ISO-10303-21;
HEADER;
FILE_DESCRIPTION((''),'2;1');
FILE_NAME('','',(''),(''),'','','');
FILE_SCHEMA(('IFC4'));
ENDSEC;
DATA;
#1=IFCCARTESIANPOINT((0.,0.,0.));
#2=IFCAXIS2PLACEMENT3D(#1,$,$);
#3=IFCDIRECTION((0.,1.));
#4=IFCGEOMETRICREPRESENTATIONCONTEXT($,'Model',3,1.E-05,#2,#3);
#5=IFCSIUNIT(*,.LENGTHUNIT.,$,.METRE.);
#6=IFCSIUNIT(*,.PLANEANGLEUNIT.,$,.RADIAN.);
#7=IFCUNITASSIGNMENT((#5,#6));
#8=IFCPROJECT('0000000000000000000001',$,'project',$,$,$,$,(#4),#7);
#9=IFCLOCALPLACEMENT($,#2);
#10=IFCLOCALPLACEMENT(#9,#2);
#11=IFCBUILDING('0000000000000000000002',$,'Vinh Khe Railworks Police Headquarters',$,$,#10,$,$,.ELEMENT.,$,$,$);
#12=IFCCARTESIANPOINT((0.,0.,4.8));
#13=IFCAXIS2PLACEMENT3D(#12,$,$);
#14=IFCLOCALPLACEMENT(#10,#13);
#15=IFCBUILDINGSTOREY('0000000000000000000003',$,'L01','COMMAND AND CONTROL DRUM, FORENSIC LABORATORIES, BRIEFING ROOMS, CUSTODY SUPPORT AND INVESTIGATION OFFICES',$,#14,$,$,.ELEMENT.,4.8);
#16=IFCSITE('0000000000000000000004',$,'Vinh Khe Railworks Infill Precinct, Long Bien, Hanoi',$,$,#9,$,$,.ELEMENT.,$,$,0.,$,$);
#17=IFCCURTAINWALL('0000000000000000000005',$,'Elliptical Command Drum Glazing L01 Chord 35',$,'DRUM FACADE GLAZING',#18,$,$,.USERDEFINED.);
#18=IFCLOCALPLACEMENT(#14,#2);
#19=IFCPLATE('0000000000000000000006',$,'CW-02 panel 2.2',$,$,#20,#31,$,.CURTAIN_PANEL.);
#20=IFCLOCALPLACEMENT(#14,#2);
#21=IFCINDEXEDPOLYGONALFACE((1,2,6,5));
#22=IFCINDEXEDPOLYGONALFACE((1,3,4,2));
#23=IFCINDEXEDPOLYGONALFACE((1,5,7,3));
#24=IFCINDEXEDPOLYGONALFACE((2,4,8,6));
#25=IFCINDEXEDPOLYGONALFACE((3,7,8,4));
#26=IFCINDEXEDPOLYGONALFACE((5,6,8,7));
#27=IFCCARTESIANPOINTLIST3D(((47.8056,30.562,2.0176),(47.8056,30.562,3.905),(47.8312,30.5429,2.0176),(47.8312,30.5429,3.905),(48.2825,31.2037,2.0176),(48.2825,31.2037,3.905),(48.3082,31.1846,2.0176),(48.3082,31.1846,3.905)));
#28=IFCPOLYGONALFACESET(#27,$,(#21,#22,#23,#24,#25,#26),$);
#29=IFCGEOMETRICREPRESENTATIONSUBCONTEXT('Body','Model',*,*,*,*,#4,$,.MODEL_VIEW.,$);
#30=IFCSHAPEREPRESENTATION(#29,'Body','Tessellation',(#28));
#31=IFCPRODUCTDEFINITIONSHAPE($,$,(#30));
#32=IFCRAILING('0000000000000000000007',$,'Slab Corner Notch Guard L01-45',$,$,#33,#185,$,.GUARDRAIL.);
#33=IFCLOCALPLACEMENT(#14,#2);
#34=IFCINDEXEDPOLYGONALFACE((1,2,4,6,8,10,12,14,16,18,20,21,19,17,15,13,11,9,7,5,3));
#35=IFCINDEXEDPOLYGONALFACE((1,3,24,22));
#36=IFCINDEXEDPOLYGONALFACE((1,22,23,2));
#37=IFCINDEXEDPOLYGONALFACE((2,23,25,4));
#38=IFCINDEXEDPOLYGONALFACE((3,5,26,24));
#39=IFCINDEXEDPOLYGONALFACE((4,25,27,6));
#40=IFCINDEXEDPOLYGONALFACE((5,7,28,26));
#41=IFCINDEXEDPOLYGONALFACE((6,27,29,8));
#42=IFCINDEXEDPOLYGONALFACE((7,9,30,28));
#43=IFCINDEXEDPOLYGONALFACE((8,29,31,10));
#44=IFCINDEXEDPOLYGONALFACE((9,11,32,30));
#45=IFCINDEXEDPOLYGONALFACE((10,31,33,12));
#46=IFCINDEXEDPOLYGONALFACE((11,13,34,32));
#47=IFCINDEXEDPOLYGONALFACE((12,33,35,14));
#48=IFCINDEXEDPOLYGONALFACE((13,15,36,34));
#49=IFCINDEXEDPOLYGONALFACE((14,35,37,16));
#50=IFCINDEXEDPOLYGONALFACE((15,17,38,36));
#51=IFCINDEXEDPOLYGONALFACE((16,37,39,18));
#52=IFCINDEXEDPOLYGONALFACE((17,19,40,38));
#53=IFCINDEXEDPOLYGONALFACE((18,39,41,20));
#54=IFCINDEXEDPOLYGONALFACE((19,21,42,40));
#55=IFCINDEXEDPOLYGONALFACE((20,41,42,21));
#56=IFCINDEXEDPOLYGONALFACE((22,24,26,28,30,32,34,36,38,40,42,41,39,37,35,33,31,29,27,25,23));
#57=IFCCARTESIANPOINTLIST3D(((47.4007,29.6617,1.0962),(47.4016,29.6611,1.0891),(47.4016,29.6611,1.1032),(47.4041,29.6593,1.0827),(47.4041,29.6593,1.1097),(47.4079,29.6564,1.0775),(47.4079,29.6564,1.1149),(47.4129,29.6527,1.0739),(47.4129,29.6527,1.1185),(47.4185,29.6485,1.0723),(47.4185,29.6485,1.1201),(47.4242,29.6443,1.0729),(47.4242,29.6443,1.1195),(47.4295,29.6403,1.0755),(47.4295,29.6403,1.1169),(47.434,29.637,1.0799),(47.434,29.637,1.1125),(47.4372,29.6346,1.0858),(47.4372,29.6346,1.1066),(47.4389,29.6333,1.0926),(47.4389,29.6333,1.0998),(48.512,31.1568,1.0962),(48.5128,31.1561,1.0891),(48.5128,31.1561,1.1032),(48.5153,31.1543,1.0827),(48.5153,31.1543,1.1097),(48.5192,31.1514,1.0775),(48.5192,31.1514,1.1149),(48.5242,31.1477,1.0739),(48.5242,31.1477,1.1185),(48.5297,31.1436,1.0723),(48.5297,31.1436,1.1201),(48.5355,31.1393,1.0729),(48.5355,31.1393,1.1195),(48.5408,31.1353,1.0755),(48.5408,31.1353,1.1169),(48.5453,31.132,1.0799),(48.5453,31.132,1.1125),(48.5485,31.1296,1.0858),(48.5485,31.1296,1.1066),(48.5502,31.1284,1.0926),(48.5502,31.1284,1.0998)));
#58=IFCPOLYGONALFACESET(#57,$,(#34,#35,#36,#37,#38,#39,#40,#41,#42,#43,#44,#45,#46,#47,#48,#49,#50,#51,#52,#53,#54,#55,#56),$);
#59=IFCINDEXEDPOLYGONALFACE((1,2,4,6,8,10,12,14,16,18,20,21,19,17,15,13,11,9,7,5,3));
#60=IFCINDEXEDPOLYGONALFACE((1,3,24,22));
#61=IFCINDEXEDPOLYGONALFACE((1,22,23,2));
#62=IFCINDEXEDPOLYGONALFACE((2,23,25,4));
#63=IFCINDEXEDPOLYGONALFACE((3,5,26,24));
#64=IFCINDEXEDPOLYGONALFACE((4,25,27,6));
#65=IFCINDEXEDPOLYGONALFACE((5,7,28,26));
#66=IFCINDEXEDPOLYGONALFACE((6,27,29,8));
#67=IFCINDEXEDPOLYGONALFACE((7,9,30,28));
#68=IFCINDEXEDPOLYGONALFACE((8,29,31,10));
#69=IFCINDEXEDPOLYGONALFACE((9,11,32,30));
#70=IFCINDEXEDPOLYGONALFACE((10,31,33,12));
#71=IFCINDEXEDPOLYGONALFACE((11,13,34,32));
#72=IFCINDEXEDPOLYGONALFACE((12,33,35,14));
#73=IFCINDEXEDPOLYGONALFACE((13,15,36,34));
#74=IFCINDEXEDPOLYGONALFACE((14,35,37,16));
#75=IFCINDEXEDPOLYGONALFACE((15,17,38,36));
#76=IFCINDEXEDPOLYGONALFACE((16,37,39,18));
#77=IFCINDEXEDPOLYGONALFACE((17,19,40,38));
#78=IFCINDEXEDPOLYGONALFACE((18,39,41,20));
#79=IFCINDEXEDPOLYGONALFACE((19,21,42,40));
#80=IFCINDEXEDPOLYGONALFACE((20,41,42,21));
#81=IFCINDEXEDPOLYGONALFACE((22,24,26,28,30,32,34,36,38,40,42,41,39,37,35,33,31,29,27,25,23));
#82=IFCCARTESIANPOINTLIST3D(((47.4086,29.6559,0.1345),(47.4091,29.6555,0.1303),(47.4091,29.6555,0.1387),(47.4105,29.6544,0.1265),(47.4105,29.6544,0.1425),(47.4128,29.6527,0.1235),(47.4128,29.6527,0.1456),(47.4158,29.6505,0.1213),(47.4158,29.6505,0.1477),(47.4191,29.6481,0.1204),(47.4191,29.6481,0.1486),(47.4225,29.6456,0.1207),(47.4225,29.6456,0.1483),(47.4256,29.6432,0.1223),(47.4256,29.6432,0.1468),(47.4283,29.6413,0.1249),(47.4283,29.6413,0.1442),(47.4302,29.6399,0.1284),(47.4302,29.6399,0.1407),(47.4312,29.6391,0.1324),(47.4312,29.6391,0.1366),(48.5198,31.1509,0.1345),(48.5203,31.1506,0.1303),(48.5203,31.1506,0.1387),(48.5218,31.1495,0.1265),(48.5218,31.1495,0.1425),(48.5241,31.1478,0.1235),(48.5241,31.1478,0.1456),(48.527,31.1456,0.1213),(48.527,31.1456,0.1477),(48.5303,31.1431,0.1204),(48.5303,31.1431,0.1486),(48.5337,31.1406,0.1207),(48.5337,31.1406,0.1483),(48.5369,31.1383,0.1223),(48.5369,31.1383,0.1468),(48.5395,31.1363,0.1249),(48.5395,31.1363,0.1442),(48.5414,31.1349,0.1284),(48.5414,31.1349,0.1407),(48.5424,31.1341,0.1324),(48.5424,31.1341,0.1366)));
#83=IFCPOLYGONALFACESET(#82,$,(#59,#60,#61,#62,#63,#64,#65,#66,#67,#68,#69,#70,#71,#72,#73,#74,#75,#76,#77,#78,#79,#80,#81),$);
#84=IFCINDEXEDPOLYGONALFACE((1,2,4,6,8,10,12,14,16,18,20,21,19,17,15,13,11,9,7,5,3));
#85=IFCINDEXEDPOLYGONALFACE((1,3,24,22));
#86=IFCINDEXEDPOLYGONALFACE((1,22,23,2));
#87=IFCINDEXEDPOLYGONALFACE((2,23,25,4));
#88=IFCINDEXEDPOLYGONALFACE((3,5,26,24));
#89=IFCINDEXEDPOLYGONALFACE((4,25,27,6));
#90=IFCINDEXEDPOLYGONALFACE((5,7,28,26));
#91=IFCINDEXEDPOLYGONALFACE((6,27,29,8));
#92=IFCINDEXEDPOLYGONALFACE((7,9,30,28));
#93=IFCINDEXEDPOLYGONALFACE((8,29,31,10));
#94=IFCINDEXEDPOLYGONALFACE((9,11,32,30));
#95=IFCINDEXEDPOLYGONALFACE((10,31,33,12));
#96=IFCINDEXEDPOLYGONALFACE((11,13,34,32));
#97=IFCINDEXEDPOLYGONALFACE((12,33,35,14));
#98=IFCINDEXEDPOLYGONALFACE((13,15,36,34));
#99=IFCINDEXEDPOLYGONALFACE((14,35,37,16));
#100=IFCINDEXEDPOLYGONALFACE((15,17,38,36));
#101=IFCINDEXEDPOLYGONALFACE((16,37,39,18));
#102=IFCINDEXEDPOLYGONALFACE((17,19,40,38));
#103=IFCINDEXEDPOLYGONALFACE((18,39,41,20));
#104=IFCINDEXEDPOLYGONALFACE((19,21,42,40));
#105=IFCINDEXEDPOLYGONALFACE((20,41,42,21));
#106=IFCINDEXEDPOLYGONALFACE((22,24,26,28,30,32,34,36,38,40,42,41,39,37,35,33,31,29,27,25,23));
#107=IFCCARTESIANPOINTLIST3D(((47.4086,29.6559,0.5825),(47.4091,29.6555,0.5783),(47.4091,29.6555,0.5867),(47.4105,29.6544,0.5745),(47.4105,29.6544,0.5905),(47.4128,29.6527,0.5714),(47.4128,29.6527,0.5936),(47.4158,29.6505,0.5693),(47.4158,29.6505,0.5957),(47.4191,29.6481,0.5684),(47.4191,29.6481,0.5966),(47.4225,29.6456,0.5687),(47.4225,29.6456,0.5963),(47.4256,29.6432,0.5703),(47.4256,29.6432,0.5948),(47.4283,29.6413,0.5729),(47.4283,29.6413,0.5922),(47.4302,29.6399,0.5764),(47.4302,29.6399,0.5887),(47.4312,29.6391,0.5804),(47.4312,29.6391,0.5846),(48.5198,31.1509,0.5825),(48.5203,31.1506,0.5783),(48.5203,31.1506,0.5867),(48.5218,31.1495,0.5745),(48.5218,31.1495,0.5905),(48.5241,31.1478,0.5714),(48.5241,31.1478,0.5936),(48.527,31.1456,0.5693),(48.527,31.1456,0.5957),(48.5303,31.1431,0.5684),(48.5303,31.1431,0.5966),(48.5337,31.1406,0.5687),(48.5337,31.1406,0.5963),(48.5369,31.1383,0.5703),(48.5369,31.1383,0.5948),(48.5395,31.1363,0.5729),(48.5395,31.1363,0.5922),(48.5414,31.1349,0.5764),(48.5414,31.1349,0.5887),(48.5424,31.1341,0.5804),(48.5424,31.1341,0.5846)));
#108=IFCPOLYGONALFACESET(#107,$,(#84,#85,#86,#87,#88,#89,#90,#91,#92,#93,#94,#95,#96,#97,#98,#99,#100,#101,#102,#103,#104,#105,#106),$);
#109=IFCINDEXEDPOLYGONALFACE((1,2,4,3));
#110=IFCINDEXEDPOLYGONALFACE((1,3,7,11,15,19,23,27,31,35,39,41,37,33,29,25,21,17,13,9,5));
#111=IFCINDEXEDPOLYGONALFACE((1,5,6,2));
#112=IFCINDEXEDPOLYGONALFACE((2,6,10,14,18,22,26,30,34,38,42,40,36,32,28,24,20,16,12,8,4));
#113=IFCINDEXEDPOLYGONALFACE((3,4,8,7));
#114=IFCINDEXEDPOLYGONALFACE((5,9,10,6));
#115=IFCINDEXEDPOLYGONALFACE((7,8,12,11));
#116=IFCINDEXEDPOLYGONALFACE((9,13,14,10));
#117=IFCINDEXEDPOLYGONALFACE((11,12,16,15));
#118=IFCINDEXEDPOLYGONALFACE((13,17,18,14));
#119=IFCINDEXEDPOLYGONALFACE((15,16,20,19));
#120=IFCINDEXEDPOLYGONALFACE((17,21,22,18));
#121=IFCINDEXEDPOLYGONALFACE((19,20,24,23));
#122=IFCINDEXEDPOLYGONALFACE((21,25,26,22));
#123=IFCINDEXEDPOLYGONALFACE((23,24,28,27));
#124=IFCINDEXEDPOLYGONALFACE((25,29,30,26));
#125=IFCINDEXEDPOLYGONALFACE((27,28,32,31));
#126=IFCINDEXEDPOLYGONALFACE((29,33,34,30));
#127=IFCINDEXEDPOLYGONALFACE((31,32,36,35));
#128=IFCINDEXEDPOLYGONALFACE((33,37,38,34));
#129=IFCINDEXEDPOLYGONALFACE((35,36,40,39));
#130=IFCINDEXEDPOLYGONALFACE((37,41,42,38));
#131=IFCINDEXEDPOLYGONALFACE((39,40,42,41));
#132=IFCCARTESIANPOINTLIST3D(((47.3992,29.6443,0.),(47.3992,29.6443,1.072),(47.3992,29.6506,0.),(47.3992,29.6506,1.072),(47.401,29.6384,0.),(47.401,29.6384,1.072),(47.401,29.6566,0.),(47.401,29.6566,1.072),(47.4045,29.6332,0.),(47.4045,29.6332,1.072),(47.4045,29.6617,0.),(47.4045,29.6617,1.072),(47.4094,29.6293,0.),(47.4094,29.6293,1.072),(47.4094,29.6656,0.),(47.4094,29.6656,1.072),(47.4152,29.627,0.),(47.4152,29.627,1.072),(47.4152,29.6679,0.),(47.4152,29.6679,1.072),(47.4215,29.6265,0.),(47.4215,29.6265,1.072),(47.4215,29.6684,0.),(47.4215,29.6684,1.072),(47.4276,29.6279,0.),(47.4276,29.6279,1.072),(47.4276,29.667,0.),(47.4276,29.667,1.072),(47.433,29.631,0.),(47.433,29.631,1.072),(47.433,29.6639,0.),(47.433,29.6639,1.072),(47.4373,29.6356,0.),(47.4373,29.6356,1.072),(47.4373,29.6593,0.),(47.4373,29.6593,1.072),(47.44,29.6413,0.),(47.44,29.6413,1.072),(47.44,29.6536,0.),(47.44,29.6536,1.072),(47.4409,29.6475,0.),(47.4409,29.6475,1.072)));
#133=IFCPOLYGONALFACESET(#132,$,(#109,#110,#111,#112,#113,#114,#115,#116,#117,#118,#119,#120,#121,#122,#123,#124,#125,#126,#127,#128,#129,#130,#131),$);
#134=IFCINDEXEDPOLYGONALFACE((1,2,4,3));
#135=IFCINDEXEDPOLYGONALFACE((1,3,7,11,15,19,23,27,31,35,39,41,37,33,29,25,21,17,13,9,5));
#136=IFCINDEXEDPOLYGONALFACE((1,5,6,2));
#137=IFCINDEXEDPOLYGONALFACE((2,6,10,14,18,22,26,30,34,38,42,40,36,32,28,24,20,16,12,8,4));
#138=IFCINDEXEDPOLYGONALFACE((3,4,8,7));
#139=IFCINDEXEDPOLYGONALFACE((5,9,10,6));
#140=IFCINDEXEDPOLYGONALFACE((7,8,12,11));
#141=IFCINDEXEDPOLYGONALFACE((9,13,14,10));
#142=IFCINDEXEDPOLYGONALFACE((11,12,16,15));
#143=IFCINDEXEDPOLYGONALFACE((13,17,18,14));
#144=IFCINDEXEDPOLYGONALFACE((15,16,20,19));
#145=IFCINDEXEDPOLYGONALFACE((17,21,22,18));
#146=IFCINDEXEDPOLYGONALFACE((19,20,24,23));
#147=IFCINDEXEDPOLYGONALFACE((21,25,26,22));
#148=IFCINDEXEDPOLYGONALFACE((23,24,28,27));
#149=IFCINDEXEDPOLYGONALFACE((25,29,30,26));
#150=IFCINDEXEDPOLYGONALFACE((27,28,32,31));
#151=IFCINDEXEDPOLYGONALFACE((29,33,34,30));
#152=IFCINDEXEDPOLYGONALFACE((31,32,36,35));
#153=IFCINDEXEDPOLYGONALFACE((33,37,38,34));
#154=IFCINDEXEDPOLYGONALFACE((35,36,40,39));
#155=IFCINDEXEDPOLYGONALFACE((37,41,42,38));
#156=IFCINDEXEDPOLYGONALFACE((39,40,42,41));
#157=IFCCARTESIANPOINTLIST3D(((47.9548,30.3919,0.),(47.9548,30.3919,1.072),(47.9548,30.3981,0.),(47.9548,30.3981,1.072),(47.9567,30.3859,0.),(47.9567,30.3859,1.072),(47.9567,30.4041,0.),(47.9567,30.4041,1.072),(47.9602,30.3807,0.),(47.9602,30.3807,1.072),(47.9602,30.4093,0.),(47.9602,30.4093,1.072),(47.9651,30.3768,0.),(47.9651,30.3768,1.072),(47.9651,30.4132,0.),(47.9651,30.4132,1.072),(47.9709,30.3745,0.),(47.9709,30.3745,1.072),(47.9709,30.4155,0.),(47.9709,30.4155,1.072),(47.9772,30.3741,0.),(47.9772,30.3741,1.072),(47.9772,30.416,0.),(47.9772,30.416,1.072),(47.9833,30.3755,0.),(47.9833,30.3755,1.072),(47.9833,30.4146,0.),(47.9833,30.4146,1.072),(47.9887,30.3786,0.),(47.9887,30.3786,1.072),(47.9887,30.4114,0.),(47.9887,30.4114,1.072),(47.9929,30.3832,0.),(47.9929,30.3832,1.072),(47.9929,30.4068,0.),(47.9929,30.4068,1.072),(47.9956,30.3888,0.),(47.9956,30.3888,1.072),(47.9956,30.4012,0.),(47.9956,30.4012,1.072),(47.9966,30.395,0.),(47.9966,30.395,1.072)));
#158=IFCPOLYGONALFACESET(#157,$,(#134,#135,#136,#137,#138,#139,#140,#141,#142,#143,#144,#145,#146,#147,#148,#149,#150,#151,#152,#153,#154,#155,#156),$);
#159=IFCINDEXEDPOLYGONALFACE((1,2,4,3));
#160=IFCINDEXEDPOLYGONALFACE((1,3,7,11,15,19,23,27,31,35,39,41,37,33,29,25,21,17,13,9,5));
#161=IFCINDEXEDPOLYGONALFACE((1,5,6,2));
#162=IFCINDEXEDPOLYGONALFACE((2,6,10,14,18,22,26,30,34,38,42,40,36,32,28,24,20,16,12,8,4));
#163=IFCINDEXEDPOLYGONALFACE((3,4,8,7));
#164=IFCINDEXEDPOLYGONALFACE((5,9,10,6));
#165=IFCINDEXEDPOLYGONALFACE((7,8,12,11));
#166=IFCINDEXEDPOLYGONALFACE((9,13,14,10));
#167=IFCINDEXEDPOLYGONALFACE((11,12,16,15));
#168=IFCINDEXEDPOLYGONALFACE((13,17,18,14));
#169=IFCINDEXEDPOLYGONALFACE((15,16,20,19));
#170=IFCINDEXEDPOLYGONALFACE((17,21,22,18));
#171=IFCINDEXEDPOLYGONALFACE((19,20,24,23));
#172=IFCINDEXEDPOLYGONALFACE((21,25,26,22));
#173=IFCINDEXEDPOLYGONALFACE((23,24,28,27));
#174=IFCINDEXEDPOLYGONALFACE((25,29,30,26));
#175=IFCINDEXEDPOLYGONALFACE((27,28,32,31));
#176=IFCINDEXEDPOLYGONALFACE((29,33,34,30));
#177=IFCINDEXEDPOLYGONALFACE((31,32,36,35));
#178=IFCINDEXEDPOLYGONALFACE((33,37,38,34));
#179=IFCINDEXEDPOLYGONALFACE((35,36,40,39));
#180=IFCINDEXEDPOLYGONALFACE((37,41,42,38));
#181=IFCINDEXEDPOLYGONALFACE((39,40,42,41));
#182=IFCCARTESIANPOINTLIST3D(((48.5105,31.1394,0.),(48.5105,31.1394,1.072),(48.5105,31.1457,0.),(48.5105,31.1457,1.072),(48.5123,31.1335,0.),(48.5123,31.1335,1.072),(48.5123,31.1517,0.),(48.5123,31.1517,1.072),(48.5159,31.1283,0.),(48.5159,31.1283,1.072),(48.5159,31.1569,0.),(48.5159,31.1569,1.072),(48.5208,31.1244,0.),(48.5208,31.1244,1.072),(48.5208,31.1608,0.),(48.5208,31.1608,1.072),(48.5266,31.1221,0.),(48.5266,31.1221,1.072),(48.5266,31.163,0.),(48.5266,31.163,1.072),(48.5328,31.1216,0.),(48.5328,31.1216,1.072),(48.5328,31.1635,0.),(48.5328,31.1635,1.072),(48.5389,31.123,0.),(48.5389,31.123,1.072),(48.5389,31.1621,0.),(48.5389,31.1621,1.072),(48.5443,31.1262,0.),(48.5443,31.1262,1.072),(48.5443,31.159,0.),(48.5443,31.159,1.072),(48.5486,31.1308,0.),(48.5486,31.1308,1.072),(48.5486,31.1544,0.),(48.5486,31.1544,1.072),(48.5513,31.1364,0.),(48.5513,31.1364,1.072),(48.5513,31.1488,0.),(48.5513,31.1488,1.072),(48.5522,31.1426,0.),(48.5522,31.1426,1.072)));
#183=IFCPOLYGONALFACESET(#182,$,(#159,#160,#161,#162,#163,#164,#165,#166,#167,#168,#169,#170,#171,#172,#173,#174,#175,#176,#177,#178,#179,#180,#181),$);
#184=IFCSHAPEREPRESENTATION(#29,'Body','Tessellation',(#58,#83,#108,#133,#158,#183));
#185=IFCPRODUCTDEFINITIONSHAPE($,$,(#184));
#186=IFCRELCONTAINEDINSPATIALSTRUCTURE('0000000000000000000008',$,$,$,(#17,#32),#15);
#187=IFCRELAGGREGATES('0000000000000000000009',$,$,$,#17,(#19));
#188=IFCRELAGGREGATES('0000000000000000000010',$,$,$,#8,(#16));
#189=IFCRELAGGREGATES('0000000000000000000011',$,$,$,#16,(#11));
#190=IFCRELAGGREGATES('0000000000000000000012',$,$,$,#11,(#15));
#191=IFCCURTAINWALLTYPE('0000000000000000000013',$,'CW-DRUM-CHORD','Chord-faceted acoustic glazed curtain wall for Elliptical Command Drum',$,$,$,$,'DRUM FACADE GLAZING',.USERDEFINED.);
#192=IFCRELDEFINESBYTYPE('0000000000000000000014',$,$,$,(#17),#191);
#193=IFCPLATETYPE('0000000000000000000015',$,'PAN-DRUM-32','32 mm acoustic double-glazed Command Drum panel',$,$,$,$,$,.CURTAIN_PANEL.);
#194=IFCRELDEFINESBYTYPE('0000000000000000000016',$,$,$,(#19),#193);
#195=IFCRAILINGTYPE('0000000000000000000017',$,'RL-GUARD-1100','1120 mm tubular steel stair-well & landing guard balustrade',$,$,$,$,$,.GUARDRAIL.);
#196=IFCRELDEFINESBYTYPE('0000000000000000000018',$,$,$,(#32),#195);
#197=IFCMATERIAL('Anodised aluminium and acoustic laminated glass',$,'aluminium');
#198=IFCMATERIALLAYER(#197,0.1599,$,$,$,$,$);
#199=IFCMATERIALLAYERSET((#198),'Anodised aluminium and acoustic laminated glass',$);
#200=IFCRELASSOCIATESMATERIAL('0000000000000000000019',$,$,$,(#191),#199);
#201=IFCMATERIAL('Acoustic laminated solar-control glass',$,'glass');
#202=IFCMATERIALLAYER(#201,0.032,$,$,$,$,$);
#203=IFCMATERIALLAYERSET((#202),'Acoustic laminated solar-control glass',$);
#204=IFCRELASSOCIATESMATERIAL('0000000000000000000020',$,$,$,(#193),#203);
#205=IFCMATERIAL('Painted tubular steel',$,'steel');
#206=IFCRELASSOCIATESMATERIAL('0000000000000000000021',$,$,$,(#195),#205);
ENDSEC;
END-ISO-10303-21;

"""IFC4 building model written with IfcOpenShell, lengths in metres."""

from ifc_helpers import new_model, si_unit, direction, frame, origin, origin_2d, place, context, subcontext, project, spatial, rectangle, circle, extrude, material, layer, layer_set, type_object, element, aggregate, save


model = new_model("IFC4")

# Units and contexts
model_context = context("Model", 3, precision=1e-05, world=origin(), true_north=direction((0.0, 1.0)))
body_context = subcontext(model_context, "Body", "Model", "MODEL_VIEW")
ifc_project = project(units=[si_unit("LENGTHUNIT", "METRE"), si_unit("PLANEANGLEUNIT", "RADIAN")], contexts=[model_context])

# Site, building, storey
site_placement = place(None, origin())
site = spatial("IfcSite", under=ifc_project, at=site_placement, Name="Vinh Khe Railworks Infill Precinct, Long Bien, Hanoi", CompositionType="ELEMENT", RefElevation=0.0)
building_placement = place(site_placement, origin())
building = spatial("IfcBuilding", under=site, at=building_placement, Name="Vinh Khe Railworks Police Headquarters", CompositionType="ELEMENT")
storey_placement = place(building_placement, frame((0.0, 0.0, 4.8)))
storey = spatial("IfcBuildingStorey", under=building, at=storey_placement, Name="L01", Description="COMMAND AND CONTROL DRUM, FORENSIC LABORATORIES, BRIEFING ROOMS, CUSTODY SUPPORT AND INVESTIGATION OFFICES", CompositionType="ELEMENT", Elevation=4.8)

# Shared definitions
ifc_material_1 = material(Name="Anodised aluminium and acoustic laminated glass", Category="aluminium")
ifc_layer_1 = layer(ifc_material_1, 0.1599)
ifc_layer_set_1 = layer_set([ifc_layer_1], Name="Anodised aluminium and acoustic laminated glass")
curtain_wall_type = type_object("IfcCurtainWallType", Name="CW-DRUM-CHORD", Description="Chord-faceted acoustic glazed curtain wall for Elliptical Command Drum", ElementType="DRUM FACADE GLAZING", PredefinedType="USERDEFINED", material=ifc_layer_set_1)

# Curtain wall
curtain_wall_1_placement = place(storey_placement, origin())
curtain_wall_1 = element("IfcCurtainWall", 1, at=curtain_wall_1_placement, inside=storey, type_object=curtain_wall_type, Name="Elliptical Command Drum Glazing L01 Chord 35", ObjectType="DRUM FACADE GLAZING", PredefinedType="USERDEFINED")

# Plate
ifc_material_2 = material(Name="Acoustic laminated solar-control glass", Category="glass")
ifc_layer_2 = layer(ifc_material_2, 0.032)
ifc_layer_set_2 = layer_set([ifc_layer_2], Name="Acoustic laminated solar-control glass")
plate_type = type_object("IfcPlateType", Name="PAN-DRUM-32", Description="32 mm acoustic double-glazed Command Drum panel", PredefinedType="CURTAIN_PANEL", material=ifc_layer_set_2)
plate_1_placement = place(storey_placement, frame((48.0569, 30.8733, 2.0176), z_axis=(0.0, 0.0, 1.0), x_axis=(0.596528, 0.802592, 0.0)))
plate_1 = element("IfcPlate", 2, at=plate_1_placement, type_object=plate_type, Name="CW-02 panel 2.2", PredefinedType="CURTAIN_PANEL", context=body_context, shape_type="SweptSolid", body=[
    extrude(rectangle(XDim=0.7996, YDim=0.032, at=origin_2d()), origin(), (0.0, 0.0, 1.0), 1.8875),
])
aggregate(curtain_wall_1, [plate_1])

# Railing
ifc_material_3 = material(Name="Painted tubular steel", Category="steel")
railing_type_1 = type_object("IfcRailingType", Name="RL-GUARD-1100", Description="1120 mm tubular steel stair-well & landing guard balustrade", PredefinedType="GUARDRAIL", material=ifc_material_3)
railing_1_placement = place(storey_placement, frame((47.4199, 29.6475, 0.0)))
element("IfcRailing", 3, at=railing_1_placement, inside=storey, type_object=railing_type_1, Name="Slab Corner Notch Guard L01-45", PredefinedType="GUARDRAIL", context=body_context, shape_type="SweptSolid", body=[
    extrude(circle(Radius=0.0239, at=origin_2d()), frame((0.0, 0.0, 1.0962), z_axis=(0.596556, 0.802572, 0.0), x_axis=(-0.802572, 0.596556, 0.0)), (0.0, 0.0, 1.0), 1.8628),
    extrude(circle(Radius=0.0142, at=origin_2d()), frame((0.0, 0.0, 0.1345), z_axis=(0.596556, 0.802572, 0.0), x_axis=(-0.802572, 0.596556, 0.0)), (0.0, 0.0, 1.0), 1.8628),
    extrude(circle(Radius=0.0142, at=origin_2d()), frame((0.0, 0.0, 0.5825), z_axis=(0.596556, 0.802572, 0.0), x_axis=(-0.802572, 0.596556, 0.0)), (0.0, 0.0, 1.0), 1.8628),
    extrude(circle(Radius=0.021, at=origin_2d()), origin(), (0.0, 0.0, 1.0), 1.072),
    extrude(circle(Radius=0.021, at=origin_2d()), frame((0.5557, 0.7476, 0.0)), (0.0, 0.0, 1.0), 1.072),
    extrude(circle(Radius=0.021, at=origin_2d()), frame((1.1113, 1.4951, 0.0)), (0.0, 0.0, 1.0), 1.072),
])

save(model, "model.ifc")
